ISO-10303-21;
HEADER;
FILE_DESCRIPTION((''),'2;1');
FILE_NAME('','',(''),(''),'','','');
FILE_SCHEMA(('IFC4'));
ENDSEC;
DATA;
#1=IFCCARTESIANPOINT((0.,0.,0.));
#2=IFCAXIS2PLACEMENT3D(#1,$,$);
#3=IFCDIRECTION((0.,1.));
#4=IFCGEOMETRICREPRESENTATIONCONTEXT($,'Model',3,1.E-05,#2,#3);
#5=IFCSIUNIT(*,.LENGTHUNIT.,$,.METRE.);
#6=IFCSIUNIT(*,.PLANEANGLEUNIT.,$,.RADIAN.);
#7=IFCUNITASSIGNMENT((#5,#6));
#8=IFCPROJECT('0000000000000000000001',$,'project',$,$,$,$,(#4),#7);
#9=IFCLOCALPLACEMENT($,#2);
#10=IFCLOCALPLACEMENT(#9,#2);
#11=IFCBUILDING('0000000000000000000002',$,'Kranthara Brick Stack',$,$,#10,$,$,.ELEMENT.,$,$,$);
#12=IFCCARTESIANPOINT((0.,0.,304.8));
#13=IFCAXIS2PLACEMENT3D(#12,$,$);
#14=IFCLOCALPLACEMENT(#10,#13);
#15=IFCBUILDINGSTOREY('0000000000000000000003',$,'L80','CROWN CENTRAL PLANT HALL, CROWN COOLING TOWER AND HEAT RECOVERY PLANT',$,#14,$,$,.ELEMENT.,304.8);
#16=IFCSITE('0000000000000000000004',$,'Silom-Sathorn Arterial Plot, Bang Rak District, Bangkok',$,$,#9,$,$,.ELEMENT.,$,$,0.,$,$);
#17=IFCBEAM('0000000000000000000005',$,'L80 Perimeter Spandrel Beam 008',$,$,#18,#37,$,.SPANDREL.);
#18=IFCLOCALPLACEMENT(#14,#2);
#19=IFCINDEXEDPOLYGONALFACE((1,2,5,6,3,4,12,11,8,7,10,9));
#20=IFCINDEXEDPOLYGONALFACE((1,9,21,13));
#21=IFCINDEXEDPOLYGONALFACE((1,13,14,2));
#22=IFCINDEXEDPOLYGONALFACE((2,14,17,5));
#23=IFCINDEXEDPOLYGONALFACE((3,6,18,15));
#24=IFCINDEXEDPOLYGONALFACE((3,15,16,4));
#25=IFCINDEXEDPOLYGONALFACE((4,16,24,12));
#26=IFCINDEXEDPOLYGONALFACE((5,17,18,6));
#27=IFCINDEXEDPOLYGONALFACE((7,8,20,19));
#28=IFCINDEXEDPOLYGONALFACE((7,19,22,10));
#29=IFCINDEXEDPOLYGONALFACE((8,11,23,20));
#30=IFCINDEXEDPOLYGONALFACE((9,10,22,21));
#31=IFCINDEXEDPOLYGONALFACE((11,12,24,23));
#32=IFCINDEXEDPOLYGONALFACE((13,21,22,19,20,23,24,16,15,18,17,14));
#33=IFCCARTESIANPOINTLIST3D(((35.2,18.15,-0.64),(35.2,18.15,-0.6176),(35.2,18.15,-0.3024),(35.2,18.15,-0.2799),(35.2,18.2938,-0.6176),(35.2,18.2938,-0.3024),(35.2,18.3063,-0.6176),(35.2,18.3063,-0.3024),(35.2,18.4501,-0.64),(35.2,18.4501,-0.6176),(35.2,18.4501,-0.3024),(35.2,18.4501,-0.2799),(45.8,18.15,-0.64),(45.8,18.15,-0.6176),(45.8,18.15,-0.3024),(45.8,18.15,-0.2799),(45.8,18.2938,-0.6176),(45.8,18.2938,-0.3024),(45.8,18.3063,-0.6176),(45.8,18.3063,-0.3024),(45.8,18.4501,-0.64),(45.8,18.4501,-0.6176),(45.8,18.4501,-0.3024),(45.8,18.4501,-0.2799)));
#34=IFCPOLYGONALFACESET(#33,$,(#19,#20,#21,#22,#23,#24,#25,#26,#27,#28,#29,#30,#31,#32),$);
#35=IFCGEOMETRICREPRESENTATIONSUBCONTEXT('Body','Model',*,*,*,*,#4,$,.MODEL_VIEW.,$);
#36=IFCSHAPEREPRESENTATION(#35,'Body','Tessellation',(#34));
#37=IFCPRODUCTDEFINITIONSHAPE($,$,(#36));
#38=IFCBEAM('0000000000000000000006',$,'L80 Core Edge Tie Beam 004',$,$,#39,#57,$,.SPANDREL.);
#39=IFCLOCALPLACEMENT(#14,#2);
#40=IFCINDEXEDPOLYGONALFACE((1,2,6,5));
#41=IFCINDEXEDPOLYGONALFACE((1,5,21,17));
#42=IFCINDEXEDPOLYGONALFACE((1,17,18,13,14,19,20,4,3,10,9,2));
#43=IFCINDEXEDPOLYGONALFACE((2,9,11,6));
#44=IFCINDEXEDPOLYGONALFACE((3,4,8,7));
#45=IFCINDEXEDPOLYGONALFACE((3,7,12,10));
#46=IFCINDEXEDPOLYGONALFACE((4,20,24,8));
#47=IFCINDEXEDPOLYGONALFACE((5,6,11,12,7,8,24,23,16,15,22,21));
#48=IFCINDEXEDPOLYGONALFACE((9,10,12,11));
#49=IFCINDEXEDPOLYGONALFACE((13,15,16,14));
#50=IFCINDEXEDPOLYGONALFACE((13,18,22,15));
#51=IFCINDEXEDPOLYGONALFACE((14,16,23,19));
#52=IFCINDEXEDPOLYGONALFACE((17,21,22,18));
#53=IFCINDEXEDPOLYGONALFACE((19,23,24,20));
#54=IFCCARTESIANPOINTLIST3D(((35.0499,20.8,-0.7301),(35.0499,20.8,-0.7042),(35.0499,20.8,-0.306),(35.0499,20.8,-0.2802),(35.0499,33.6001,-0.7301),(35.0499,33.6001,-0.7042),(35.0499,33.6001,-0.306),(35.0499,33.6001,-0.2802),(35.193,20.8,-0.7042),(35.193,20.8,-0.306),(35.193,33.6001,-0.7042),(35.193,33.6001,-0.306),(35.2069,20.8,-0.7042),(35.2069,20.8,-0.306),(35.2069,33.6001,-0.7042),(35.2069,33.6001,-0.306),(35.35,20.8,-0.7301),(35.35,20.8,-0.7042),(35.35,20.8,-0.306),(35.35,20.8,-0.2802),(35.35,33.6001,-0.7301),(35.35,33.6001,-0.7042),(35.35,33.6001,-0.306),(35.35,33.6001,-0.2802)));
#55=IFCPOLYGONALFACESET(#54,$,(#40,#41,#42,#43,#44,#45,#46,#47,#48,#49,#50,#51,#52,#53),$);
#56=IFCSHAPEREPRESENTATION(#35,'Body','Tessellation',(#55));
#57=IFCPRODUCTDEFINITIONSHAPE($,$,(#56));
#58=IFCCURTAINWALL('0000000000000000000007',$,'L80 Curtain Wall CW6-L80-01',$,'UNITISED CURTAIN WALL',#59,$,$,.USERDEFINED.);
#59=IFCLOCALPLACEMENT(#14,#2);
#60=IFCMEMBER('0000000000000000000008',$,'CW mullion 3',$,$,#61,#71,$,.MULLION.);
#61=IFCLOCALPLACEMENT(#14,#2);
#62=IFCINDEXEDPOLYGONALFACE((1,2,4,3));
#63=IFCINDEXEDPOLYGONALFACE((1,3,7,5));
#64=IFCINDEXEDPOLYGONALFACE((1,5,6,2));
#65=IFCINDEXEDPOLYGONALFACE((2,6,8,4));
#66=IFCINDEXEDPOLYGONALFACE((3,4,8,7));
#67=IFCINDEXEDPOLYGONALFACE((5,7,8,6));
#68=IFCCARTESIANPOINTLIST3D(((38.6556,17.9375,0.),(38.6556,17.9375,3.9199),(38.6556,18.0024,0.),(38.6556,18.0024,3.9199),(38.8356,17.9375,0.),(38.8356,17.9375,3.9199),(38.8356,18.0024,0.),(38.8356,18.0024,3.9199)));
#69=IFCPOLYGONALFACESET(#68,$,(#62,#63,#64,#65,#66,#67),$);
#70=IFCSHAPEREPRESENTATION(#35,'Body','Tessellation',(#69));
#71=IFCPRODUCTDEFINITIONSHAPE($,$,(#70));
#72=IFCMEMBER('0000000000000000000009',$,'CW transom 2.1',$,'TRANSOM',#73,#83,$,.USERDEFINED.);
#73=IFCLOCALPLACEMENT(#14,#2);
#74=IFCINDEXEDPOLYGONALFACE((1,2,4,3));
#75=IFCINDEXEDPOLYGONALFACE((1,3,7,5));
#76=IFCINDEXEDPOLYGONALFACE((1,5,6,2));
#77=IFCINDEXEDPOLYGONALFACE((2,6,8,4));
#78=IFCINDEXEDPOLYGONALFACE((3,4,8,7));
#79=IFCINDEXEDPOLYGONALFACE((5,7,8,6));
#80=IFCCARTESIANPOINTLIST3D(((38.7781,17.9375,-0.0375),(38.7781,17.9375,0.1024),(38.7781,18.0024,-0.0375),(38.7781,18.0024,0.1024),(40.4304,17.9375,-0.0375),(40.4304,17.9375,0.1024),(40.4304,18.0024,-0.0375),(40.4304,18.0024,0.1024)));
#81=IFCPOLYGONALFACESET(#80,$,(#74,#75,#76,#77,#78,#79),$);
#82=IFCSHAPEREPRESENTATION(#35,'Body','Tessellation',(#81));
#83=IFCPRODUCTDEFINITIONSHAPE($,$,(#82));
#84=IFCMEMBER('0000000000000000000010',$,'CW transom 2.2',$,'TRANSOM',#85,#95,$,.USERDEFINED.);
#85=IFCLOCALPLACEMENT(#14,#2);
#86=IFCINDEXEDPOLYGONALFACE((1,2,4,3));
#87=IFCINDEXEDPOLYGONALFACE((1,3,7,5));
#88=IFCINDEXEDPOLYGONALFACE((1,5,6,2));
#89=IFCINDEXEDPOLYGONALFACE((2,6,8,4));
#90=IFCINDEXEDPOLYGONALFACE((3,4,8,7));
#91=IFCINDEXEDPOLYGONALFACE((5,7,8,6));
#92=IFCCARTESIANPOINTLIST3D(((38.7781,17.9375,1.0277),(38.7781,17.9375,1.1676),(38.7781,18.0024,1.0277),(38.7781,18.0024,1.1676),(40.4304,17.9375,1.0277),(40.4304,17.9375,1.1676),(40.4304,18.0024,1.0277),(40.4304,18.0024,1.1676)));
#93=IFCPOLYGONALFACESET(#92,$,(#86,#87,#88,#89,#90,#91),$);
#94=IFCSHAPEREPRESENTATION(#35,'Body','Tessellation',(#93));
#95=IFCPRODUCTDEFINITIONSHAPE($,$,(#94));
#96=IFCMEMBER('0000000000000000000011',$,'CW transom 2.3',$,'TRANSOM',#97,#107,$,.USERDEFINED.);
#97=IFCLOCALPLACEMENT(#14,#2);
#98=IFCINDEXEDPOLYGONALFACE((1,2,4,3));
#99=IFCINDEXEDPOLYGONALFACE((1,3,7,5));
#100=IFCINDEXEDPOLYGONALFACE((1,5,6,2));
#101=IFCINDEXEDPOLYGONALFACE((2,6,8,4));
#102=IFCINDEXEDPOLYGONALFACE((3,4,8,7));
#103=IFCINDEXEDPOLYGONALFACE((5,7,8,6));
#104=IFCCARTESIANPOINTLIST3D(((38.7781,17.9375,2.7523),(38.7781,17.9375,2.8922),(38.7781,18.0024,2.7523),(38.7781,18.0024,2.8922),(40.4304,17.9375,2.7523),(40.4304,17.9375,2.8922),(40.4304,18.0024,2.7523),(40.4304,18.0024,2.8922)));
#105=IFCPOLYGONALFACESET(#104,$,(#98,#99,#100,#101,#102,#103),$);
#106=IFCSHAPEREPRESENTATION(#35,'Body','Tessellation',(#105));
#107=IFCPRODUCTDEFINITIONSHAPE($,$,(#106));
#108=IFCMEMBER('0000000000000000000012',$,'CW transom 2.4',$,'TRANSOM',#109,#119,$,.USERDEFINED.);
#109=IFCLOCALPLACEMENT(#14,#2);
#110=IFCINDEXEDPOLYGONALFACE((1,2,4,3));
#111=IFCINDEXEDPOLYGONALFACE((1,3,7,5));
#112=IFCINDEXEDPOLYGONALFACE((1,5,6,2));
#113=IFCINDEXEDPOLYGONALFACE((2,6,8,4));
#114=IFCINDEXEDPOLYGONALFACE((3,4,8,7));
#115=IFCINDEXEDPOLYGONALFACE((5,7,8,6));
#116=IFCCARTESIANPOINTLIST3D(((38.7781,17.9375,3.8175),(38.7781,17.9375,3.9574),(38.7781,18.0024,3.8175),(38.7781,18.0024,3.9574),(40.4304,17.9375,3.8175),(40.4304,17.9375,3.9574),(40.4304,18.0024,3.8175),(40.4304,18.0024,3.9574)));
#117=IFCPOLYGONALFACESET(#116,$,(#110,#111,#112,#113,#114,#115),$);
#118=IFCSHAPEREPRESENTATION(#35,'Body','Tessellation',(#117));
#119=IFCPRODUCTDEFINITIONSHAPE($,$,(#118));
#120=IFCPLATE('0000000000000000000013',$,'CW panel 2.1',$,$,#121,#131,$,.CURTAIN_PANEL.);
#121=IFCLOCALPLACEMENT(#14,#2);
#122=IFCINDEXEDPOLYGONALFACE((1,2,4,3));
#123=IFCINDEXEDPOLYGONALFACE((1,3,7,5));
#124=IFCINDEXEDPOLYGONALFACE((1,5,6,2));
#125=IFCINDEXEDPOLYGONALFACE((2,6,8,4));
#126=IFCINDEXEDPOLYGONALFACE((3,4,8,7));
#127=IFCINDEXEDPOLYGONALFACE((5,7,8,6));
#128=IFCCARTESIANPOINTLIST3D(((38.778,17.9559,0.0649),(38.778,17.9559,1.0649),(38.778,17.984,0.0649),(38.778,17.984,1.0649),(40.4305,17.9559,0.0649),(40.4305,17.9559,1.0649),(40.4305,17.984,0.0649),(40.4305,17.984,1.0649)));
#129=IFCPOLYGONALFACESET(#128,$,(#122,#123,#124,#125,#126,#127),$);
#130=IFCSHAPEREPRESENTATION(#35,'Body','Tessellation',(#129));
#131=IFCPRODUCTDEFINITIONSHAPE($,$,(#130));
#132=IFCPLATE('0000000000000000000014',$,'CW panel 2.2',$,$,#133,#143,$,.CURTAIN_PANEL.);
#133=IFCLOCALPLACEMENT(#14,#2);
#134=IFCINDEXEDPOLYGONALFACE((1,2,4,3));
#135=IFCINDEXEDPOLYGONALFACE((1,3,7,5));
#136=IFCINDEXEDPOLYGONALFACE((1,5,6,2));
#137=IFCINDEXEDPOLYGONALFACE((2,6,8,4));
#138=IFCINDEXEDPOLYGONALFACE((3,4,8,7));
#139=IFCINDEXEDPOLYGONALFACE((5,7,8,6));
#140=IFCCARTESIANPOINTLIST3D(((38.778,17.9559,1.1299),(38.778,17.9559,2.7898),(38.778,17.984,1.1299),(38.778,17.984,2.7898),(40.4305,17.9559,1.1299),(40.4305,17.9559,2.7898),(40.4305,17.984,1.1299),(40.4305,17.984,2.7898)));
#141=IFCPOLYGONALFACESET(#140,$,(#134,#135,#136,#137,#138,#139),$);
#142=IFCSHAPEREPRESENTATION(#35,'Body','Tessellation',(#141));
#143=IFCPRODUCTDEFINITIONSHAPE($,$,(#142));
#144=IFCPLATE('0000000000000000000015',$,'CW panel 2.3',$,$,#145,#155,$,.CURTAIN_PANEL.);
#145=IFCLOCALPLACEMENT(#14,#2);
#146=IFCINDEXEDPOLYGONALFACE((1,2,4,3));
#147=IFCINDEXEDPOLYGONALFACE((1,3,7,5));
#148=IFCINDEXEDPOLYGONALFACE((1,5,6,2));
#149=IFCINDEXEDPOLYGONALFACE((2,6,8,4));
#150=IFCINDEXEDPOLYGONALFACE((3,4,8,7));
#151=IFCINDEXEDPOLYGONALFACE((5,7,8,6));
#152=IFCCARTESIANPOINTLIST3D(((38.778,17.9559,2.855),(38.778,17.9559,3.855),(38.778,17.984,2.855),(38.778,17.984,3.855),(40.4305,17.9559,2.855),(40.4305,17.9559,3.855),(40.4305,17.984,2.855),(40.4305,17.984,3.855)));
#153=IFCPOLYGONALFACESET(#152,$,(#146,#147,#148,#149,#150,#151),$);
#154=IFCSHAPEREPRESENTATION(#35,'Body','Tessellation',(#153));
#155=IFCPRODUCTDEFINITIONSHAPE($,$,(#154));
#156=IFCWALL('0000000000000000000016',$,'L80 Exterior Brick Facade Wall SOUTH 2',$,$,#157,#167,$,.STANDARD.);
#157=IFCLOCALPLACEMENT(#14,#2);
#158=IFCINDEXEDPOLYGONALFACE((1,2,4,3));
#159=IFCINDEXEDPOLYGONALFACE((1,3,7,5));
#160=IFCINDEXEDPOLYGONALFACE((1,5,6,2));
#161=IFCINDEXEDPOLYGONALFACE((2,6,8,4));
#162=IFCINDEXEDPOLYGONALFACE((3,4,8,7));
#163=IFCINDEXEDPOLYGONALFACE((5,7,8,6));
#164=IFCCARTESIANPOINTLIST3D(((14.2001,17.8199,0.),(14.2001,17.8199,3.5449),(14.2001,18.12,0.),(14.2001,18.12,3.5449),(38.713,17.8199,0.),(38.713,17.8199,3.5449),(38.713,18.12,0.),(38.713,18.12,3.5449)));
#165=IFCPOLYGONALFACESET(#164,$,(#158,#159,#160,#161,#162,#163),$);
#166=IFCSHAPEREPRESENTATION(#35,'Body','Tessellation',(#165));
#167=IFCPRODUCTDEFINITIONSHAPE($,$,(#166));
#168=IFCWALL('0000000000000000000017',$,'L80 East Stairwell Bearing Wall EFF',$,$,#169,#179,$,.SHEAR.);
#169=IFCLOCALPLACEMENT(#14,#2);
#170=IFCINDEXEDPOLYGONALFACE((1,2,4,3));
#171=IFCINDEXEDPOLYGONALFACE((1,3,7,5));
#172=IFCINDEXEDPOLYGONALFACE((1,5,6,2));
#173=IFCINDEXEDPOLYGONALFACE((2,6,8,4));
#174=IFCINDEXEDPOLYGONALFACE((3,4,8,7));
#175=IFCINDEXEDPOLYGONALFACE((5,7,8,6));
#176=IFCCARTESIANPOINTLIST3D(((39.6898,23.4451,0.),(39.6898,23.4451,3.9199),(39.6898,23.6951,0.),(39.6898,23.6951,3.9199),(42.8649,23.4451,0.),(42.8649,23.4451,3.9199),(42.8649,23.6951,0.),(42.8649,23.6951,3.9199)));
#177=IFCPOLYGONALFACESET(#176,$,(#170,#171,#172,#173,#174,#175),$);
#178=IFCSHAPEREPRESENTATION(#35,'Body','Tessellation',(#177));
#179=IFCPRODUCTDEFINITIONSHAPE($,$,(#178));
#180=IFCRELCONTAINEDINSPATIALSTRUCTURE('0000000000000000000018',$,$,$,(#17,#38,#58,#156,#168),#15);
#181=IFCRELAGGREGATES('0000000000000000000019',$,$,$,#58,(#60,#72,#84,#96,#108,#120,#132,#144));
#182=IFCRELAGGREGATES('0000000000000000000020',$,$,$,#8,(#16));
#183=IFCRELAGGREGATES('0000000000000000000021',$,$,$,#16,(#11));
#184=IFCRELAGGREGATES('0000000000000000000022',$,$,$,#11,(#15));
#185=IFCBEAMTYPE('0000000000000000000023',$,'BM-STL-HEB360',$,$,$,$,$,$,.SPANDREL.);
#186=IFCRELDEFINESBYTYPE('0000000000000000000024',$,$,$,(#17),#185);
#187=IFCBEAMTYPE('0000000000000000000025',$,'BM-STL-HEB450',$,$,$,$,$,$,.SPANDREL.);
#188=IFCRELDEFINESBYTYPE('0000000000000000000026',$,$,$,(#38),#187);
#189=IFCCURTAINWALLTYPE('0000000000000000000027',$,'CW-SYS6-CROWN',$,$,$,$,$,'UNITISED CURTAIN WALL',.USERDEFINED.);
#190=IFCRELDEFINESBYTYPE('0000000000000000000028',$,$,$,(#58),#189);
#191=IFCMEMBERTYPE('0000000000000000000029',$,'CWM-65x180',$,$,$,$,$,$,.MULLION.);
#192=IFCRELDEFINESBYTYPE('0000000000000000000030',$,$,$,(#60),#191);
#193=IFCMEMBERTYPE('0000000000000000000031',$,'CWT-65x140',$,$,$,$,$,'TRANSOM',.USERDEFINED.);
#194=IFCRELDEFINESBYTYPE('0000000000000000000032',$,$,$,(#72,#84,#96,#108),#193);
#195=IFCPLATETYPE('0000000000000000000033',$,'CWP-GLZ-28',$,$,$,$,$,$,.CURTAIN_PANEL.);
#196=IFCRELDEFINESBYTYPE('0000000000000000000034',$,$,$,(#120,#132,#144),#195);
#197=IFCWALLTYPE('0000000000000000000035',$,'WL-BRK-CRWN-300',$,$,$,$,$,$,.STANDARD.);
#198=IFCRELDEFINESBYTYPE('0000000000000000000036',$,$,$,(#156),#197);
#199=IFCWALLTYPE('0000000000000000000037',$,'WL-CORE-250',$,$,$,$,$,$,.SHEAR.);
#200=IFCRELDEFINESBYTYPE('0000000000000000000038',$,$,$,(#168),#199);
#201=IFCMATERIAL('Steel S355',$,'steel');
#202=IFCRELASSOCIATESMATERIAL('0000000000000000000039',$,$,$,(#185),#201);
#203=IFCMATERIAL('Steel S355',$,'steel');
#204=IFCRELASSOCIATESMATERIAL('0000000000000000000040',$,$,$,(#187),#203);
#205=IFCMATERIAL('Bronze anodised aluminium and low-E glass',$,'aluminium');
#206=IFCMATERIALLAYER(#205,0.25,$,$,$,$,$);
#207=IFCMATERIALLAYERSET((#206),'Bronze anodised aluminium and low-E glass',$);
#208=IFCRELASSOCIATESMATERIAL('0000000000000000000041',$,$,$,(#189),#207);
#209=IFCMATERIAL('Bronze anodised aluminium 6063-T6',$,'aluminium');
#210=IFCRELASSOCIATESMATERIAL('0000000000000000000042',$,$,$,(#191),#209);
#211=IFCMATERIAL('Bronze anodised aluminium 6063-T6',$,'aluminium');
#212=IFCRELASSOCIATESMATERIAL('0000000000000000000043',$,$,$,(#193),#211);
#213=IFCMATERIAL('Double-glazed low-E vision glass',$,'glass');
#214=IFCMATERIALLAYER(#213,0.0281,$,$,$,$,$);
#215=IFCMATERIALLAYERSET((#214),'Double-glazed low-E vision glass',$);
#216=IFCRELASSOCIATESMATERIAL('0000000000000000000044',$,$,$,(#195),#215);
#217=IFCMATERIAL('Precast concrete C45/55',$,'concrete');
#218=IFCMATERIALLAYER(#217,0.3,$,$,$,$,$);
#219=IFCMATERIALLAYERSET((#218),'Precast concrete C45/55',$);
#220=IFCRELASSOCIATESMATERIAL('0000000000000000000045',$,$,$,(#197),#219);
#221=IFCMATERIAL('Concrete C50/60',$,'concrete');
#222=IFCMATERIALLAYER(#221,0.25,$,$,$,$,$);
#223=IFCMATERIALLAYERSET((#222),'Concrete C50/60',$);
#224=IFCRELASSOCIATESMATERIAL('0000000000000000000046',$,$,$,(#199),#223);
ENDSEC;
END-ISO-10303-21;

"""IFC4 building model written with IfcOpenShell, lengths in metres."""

from ifc_helpers import new_model, si_unit, direction, frame, frame_2d, origin, origin_2d, place, context, subcontext, project, spatial, rectangle, i_section, extrude, material, layer, layer_set, material_profile, profile_set, type_object, element, aggregate, save


model = new_model("IFC4")

# Units and contexts
model_context = context("Model", 3, precision=1e-05, world=origin(), true_north=direction((0.0, 1.0)))
body_context = subcontext(model_context, "Body", "Model", "MODEL_VIEW")
ifc_project = project(units=[si_unit("LENGTHUNIT", "METRE"), si_unit("PLANEANGLEUNIT", "RADIAN")], contexts=[model_context])

# Site, building, storey
site_placement = place(None, origin())
site = spatial("IfcSite", under=ifc_project, at=site_placement, Name="Silom-Sathorn Arterial Plot, Bang Rak District, Bangkok", CompositionType="ELEMENT", RefElevation=0.0)
building_placement = place(site_placement, origin())
building = spatial("IfcBuilding", under=site, at=building_placement, Name="Kranthara Brick Stack", CompositionType="ELEMENT")
storey_placement = place(building_placement, frame((0.0, 0.0, 304.8)))
storey = spatial("IfcBuildingStorey", under=building, at=storey_placement, Name="L80", Description="CROWN CENTRAL PLANT HALL, CROWN COOLING TOWER AND HEAT RECOVERY PLANT", CompositionType="ELEMENT", Elevation=304.8)

# Beams
ifc_material_1 = material(Name="Steel S355", Category="steel")
ifc_material_profile_1 = material_profile(ifc_material_1, i_section(OverallWidth=0.3, OverallDepth=0.3601, WebThickness=0.0125, FlangeThickness=0.0225, at=origin_2d()), Name="HEB 360")
ifc_profile_set_1 = profile_set([ifc_material_profile_1], Name="Steel S355")
beam_type_1 = type_object("IfcBeamType", Name="BM-STL-HEB360", PredefinedType="SPANDREL", material=ifc_profile_set_1)
beam_1_placement = place(storey_placement, frame((35.2, 18.3, -0.46), z_axis=(1.0, 0.0, 0.0), x_axis=(0.0, 1.0, 0.0)))
element("IfcBeam", 1, at=beam_1_placement, inside=storey, type_object=beam_type_1, Name="L80 Perimeter Spandrel Beam 008", PredefinedType="SPANDREL", context=body_context, shape_type="SweptSolid", body=[
    extrude(i_section(OverallWidth=0.3, OverallDepth=0.3601, WebThickness=0.0125, FlangeThickness=0.0225, at=origin_2d()), origin(), (0.0, 0.0, 1.0), 10.6001),
])
ifc_material_2 = material(Name="Steel S355", Category="steel")
ifc_material_profile_2 = material_profile(ifc_material_2, i_section(OverallWidth=0.3, OverallDepth=0.45, WebThickness=0.0139, FlangeThickness=0.0259, at=origin_2d()), Name="HEB 450")
ifc_profile_set_2 = profile_set([ifc_material_profile_2], Name="Steel S355")
beam_type_2 = type_object("IfcBeamType", Name="BM-STL-HEB450", PredefinedType="SPANDREL", material=ifc_profile_set_2)
beam_2_placement = place(storey_placement, frame((35.2, 20.8, -0.5051), z_axis=(0.0, 1.0, 0.0), x_axis=(-1.0, 0.0, 0.0)))
element("IfcBeam", 2, at=beam_2_placement, inside=storey, type_object=beam_type_2, Name="L80 Core Edge Tie Beam 004", PredefinedType="SPANDREL", context=body_context, shape_type="SweptSolid", body=[
    extrude(i_section(OverallWidth=0.3, OverallDepth=0.45, WebThickness=0.0139, FlangeThickness=0.0259, at=origin_2d()), origin(), (0.0, 0.0, 1.0), 12.8),
])

# Curtain wall, members, plates
ifc_material_3 = material(Name="Bronze anodised aluminium and low-E glass", Category="aluminium")
ifc_layer_1 = layer(ifc_material_3, 0.25)
ifc_layer_set_1 = layer_set([ifc_layer_1], Name="Bronze anodised aluminium and low-E glass")
curtain_wall_type = type_object("IfcCurtainWallType", Name="CW-SYS6-CROWN", ElementType="UNITISED CURTAIN WALL", PredefinedType="USERDEFINED", material=ifc_layer_set_1)
curtain_wall_placement = place(storey_placement, origin())
curtain_wall = element("IfcCurtainWall", 3, at=curtain_wall_placement, inside=storey, type_object=curtain_wall_type, Name="L80 Curtain Wall CW6-L80-01", ObjectType="UNITISED CURTAIN WALL", PredefinedType="USERDEFINED")
ifc_material_4 = material(Name="Bronze anodised aluminium 6063-T6", Category="aluminium")
ifc_material_profile_3 = material_profile(ifc_material_4, rectangle(XDim=0.0649, YDim=0.1799, at=origin_2d()), Name="ALU MULLION 65x180")
ifc_profile_set_3 = profile_set([ifc_material_profile_3], Name="Bronze anodised aluminium 6063-T6")
member_type_1 = type_object("IfcMemberType", Name="CWM-65x180", PredefinedType="MULLION", material=ifc_profile_set_3)
member_1_placement = place(storey_placement, frame((38.7456, 17.97, 0.0), z_axis=(0.0, 0.0, 1.0), x_axis=(0.0, -1.0, 0.0)))
member_1 = element("IfcMember", 4, at=member_1_placement, type_object=member_type_1, Name="CW mullion 3", PredefinedType="MULLION", context=body_context, shape_type="SweptSolid", body=[
    extrude(rectangle(XDim=0.0649, YDim=0.1799, at=origin_2d()), origin(), (0.0, 0.0, 1.0), 3.9199),
])
ifc_material_5 = material(Name="Bronze anodised aluminium 6063-T6", Category="aluminium")
ifc_material_profile_4 = material_profile(ifc_material_5, rectangle(XDim=0.0649, YDim=0.1399, at=origin_2d()), Name="ALU TRANSOM 65x140")
ifc_profile_set_4 = profile_set([ifc_material_profile_4], Name="Bronze anodised aluminium 6063-T6")
member_type_2 = type_object("IfcMemberType", Name="CWT-65x140", ElementType="TRANSOM", PredefinedType="USERDEFINED", material=ifc_profile_set_4)
member_2_placement = place(storey_placement, frame((40.4304, 17.97, 0.0325), z_axis=(-1.0, 0.0, 0.0), x_axis=(0.0, -1.0, 0.0)))
member_2 = element("IfcMember", 5, at=member_2_placement, type_object=member_type_2, Name="CW transom 2.1", ObjectType="TRANSOM", PredefinedType="USERDEFINED", context=body_context, shape_type="SweptSolid", body=[
    extrude(rectangle(XDim=0.0649, YDim=0.1399, at=origin_2d()), origin(), (0.0, 0.0, 1.0), 1.6523),
])
member_3_placement = place(storey_placement, frame((40.4304, 17.97, 1.0977), z_axis=(-1.0, 0.0, 0.0), x_axis=(0.0, -1.0, 0.0)))
member_3 = element("IfcMember", 6, at=member_3_placement, type_object=member_type_2, Name="CW transom 2.2", ObjectType="TRANSOM", PredefinedType="USERDEFINED", context=body_context, shape_type="SweptSolid", body=[
    extrude(rectangle(XDim=0.0649, YDim=0.1399, at=origin_2d()), origin(), (0.0, 0.0, 1.0), 1.6523),
])
member_4_placement = place(storey_placement, frame((40.4304, 17.97, 2.8223), z_axis=(-1.0, 0.0, 0.0), x_axis=(0.0, -1.0, 0.0)))
member_4 = element("IfcMember", 7, at=member_4_placement, type_object=member_type_2, Name="CW transom 2.3", ObjectType="TRANSOM", PredefinedType="USERDEFINED", context=body_context, shape_type="SweptSolid", body=[
    extrude(rectangle(XDim=0.0649, YDim=0.1399, at=origin_2d()), origin(), (0.0, 0.0, 1.0), 1.6523),
])
member_5_placement = place(storey_placement, frame((40.4304, 17.97, 3.8875), z_axis=(-1.0, 0.0, 0.0), x_axis=(0.0, -1.0, 0.0)))
member_5 = element("IfcMember", 8, at=member_5_placement, type_object=member_type_2, Name="CW transom 2.4", ObjectType="TRANSOM", PredefinedType="USERDEFINED", context=body_context, shape_type="SweptSolid", body=[
    extrude(rectangle(XDim=0.0649, YDim=0.1399, at=origin_2d()), origin(), (0.0, 0.0, 1.0), 1.6523),
])
ifc_material_6 = material(Name="Double-glazed low-E vision glass", Category="glass")
ifc_layer_2 = layer(ifc_material_6, 0.0281)
ifc_layer_set_2 = layer_set([ifc_layer_2], Name="Double-glazed low-E vision glass")
plate_type = type_object("IfcPlateType", Name="CWP-GLZ-28", PredefinedType="CURTAIN_PANEL", material=ifc_layer_set_2)
plate_1_placement = place(storey_placement, frame((39.6042, 17.97, 0.0649), z_axis=(0.0, 0.0, 1.0), x_axis=(-1.0, 0.0, 0.0)))
plate_1 = element("IfcPlate", 9, at=plate_1_placement, type_object=plate_type, Name="CW panel 2.1", PredefinedType="CURTAIN_PANEL", context=body_context, shape_type="SweptSolid", body=[
    extrude(rectangle(XDim=1.6526, YDim=0.0281, at=origin_2d()), origin(), (0.0, 0.0, 1.0), 1.0),
])
plate_2_placement = place(storey_placement, frame((39.6042, 17.97, 1.1299), z_axis=(0.0, 0.0, 1.0), x_axis=(-1.0, 0.0, 0.0)))
plate_2 = element("IfcPlate", 10, at=plate_2_placement, type_object=plate_type, Name="CW panel 2.2", PredefinedType="CURTAIN_PANEL", context=body_context, shape_type="SweptSolid", body=[
    extrude(rectangle(XDim=1.6526, YDim=0.0281, at=origin_2d()), origin(), (0.0, 0.0, 1.0), 1.6599),
])
plate_3_placement = place(storey_placement, frame((39.6042, 17.97, 2.855), z_axis=(0.0, 0.0, 1.0), x_axis=(-1.0, 0.0, 0.0)))
plate_3 = element("IfcPlate", 11, at=plate_3_placement, type_object=plate_type, Name="CW panel 2.3", PredefinedType="CURTAIN_PANEL", context=body_context, shape_type="SweptSolid", body=[
    extrude(rectangle(XDim=1.6526, YDim=0.0281, at=origin_2d()), origin(), (0.0, 0.0, 1.0), 1.0),
])
aggregate(curtain_wall, [member_1, member_2, member_3, member_4, member_5, plate_1, plate_2, plate_3])

# Wall
ifc_material_7 = material(Name="Precast concrete C45/55", Category="concrete")
ifc_layer_3 = layer(ifc_material_7, 0.3)
ifc_layer_set_3 = layer_set([ifc_layer_3], Name="Precast concrete C45/55")
wall_type_1 = type_object("IfcWallType", Name="WL-BRK-CRWN-300", PredefinedType="STANDARD", material=ifc_layer_set_3)
wall_1_placement = place(storey_placement, frame((38.7129, 17.97, 0.0), z_axis=(0.0, 0.0, 1.0), x_axis=(-1.0, 0.0, 0.0)))
element("IfcWall", 12, at=wall_1_placement, inside=storey, type_object=wall_type_1, Name="L80 Exterior Brick Facade Wall SOUTH 2", PredefinedType="STANDARD", context=body_context, shape_type="SweptSolid", body=[
    extrude(rectangle(XDim=24.5129, YDim=0.3, at=frame_2d((12.2563, 0.0))), origin(), (0.0, 0.0, 1.0), 3.5449),
])

# Shared definitions
ifc_material_8 = material(Name="Concrete C50/60", Category="concrete")
ifc_layer_4 = layer(ifc_material_8, 0.25)
ifc_layer_set_4 = layer_set([ifc_layer_4], Name="Concrete C50/60")
wall_type_2 = type_object("IfcWallType", Name="WL-CORE-250", PredefinedType="SHEAR", material=ifc_layer_set_4)

# Wall
wall_2_placement = place(storey_placement, frame((39.6899, 23.5701, 0.0), z_axis=(0.0, 0.0, 1.0), x_axis=(1.0, 0.0, 0.0)))
element("IfcWall", 13, at=wall_2_placement, inside=storey, type_object=wall_type_2, Name="L80 East Stairwell Bearing Wall EFF", PredefinedType="SHEAR", context=body_context, shape_type="SweptSolid", body=[
    extrude(rectangle(XDim=3.175, YDim=0.25, at=frame_2d((1.5874, 0.0))), origin(), (0.0, 0.0, 1.0), 3.9199),
])

save(model, "model.ifc")
